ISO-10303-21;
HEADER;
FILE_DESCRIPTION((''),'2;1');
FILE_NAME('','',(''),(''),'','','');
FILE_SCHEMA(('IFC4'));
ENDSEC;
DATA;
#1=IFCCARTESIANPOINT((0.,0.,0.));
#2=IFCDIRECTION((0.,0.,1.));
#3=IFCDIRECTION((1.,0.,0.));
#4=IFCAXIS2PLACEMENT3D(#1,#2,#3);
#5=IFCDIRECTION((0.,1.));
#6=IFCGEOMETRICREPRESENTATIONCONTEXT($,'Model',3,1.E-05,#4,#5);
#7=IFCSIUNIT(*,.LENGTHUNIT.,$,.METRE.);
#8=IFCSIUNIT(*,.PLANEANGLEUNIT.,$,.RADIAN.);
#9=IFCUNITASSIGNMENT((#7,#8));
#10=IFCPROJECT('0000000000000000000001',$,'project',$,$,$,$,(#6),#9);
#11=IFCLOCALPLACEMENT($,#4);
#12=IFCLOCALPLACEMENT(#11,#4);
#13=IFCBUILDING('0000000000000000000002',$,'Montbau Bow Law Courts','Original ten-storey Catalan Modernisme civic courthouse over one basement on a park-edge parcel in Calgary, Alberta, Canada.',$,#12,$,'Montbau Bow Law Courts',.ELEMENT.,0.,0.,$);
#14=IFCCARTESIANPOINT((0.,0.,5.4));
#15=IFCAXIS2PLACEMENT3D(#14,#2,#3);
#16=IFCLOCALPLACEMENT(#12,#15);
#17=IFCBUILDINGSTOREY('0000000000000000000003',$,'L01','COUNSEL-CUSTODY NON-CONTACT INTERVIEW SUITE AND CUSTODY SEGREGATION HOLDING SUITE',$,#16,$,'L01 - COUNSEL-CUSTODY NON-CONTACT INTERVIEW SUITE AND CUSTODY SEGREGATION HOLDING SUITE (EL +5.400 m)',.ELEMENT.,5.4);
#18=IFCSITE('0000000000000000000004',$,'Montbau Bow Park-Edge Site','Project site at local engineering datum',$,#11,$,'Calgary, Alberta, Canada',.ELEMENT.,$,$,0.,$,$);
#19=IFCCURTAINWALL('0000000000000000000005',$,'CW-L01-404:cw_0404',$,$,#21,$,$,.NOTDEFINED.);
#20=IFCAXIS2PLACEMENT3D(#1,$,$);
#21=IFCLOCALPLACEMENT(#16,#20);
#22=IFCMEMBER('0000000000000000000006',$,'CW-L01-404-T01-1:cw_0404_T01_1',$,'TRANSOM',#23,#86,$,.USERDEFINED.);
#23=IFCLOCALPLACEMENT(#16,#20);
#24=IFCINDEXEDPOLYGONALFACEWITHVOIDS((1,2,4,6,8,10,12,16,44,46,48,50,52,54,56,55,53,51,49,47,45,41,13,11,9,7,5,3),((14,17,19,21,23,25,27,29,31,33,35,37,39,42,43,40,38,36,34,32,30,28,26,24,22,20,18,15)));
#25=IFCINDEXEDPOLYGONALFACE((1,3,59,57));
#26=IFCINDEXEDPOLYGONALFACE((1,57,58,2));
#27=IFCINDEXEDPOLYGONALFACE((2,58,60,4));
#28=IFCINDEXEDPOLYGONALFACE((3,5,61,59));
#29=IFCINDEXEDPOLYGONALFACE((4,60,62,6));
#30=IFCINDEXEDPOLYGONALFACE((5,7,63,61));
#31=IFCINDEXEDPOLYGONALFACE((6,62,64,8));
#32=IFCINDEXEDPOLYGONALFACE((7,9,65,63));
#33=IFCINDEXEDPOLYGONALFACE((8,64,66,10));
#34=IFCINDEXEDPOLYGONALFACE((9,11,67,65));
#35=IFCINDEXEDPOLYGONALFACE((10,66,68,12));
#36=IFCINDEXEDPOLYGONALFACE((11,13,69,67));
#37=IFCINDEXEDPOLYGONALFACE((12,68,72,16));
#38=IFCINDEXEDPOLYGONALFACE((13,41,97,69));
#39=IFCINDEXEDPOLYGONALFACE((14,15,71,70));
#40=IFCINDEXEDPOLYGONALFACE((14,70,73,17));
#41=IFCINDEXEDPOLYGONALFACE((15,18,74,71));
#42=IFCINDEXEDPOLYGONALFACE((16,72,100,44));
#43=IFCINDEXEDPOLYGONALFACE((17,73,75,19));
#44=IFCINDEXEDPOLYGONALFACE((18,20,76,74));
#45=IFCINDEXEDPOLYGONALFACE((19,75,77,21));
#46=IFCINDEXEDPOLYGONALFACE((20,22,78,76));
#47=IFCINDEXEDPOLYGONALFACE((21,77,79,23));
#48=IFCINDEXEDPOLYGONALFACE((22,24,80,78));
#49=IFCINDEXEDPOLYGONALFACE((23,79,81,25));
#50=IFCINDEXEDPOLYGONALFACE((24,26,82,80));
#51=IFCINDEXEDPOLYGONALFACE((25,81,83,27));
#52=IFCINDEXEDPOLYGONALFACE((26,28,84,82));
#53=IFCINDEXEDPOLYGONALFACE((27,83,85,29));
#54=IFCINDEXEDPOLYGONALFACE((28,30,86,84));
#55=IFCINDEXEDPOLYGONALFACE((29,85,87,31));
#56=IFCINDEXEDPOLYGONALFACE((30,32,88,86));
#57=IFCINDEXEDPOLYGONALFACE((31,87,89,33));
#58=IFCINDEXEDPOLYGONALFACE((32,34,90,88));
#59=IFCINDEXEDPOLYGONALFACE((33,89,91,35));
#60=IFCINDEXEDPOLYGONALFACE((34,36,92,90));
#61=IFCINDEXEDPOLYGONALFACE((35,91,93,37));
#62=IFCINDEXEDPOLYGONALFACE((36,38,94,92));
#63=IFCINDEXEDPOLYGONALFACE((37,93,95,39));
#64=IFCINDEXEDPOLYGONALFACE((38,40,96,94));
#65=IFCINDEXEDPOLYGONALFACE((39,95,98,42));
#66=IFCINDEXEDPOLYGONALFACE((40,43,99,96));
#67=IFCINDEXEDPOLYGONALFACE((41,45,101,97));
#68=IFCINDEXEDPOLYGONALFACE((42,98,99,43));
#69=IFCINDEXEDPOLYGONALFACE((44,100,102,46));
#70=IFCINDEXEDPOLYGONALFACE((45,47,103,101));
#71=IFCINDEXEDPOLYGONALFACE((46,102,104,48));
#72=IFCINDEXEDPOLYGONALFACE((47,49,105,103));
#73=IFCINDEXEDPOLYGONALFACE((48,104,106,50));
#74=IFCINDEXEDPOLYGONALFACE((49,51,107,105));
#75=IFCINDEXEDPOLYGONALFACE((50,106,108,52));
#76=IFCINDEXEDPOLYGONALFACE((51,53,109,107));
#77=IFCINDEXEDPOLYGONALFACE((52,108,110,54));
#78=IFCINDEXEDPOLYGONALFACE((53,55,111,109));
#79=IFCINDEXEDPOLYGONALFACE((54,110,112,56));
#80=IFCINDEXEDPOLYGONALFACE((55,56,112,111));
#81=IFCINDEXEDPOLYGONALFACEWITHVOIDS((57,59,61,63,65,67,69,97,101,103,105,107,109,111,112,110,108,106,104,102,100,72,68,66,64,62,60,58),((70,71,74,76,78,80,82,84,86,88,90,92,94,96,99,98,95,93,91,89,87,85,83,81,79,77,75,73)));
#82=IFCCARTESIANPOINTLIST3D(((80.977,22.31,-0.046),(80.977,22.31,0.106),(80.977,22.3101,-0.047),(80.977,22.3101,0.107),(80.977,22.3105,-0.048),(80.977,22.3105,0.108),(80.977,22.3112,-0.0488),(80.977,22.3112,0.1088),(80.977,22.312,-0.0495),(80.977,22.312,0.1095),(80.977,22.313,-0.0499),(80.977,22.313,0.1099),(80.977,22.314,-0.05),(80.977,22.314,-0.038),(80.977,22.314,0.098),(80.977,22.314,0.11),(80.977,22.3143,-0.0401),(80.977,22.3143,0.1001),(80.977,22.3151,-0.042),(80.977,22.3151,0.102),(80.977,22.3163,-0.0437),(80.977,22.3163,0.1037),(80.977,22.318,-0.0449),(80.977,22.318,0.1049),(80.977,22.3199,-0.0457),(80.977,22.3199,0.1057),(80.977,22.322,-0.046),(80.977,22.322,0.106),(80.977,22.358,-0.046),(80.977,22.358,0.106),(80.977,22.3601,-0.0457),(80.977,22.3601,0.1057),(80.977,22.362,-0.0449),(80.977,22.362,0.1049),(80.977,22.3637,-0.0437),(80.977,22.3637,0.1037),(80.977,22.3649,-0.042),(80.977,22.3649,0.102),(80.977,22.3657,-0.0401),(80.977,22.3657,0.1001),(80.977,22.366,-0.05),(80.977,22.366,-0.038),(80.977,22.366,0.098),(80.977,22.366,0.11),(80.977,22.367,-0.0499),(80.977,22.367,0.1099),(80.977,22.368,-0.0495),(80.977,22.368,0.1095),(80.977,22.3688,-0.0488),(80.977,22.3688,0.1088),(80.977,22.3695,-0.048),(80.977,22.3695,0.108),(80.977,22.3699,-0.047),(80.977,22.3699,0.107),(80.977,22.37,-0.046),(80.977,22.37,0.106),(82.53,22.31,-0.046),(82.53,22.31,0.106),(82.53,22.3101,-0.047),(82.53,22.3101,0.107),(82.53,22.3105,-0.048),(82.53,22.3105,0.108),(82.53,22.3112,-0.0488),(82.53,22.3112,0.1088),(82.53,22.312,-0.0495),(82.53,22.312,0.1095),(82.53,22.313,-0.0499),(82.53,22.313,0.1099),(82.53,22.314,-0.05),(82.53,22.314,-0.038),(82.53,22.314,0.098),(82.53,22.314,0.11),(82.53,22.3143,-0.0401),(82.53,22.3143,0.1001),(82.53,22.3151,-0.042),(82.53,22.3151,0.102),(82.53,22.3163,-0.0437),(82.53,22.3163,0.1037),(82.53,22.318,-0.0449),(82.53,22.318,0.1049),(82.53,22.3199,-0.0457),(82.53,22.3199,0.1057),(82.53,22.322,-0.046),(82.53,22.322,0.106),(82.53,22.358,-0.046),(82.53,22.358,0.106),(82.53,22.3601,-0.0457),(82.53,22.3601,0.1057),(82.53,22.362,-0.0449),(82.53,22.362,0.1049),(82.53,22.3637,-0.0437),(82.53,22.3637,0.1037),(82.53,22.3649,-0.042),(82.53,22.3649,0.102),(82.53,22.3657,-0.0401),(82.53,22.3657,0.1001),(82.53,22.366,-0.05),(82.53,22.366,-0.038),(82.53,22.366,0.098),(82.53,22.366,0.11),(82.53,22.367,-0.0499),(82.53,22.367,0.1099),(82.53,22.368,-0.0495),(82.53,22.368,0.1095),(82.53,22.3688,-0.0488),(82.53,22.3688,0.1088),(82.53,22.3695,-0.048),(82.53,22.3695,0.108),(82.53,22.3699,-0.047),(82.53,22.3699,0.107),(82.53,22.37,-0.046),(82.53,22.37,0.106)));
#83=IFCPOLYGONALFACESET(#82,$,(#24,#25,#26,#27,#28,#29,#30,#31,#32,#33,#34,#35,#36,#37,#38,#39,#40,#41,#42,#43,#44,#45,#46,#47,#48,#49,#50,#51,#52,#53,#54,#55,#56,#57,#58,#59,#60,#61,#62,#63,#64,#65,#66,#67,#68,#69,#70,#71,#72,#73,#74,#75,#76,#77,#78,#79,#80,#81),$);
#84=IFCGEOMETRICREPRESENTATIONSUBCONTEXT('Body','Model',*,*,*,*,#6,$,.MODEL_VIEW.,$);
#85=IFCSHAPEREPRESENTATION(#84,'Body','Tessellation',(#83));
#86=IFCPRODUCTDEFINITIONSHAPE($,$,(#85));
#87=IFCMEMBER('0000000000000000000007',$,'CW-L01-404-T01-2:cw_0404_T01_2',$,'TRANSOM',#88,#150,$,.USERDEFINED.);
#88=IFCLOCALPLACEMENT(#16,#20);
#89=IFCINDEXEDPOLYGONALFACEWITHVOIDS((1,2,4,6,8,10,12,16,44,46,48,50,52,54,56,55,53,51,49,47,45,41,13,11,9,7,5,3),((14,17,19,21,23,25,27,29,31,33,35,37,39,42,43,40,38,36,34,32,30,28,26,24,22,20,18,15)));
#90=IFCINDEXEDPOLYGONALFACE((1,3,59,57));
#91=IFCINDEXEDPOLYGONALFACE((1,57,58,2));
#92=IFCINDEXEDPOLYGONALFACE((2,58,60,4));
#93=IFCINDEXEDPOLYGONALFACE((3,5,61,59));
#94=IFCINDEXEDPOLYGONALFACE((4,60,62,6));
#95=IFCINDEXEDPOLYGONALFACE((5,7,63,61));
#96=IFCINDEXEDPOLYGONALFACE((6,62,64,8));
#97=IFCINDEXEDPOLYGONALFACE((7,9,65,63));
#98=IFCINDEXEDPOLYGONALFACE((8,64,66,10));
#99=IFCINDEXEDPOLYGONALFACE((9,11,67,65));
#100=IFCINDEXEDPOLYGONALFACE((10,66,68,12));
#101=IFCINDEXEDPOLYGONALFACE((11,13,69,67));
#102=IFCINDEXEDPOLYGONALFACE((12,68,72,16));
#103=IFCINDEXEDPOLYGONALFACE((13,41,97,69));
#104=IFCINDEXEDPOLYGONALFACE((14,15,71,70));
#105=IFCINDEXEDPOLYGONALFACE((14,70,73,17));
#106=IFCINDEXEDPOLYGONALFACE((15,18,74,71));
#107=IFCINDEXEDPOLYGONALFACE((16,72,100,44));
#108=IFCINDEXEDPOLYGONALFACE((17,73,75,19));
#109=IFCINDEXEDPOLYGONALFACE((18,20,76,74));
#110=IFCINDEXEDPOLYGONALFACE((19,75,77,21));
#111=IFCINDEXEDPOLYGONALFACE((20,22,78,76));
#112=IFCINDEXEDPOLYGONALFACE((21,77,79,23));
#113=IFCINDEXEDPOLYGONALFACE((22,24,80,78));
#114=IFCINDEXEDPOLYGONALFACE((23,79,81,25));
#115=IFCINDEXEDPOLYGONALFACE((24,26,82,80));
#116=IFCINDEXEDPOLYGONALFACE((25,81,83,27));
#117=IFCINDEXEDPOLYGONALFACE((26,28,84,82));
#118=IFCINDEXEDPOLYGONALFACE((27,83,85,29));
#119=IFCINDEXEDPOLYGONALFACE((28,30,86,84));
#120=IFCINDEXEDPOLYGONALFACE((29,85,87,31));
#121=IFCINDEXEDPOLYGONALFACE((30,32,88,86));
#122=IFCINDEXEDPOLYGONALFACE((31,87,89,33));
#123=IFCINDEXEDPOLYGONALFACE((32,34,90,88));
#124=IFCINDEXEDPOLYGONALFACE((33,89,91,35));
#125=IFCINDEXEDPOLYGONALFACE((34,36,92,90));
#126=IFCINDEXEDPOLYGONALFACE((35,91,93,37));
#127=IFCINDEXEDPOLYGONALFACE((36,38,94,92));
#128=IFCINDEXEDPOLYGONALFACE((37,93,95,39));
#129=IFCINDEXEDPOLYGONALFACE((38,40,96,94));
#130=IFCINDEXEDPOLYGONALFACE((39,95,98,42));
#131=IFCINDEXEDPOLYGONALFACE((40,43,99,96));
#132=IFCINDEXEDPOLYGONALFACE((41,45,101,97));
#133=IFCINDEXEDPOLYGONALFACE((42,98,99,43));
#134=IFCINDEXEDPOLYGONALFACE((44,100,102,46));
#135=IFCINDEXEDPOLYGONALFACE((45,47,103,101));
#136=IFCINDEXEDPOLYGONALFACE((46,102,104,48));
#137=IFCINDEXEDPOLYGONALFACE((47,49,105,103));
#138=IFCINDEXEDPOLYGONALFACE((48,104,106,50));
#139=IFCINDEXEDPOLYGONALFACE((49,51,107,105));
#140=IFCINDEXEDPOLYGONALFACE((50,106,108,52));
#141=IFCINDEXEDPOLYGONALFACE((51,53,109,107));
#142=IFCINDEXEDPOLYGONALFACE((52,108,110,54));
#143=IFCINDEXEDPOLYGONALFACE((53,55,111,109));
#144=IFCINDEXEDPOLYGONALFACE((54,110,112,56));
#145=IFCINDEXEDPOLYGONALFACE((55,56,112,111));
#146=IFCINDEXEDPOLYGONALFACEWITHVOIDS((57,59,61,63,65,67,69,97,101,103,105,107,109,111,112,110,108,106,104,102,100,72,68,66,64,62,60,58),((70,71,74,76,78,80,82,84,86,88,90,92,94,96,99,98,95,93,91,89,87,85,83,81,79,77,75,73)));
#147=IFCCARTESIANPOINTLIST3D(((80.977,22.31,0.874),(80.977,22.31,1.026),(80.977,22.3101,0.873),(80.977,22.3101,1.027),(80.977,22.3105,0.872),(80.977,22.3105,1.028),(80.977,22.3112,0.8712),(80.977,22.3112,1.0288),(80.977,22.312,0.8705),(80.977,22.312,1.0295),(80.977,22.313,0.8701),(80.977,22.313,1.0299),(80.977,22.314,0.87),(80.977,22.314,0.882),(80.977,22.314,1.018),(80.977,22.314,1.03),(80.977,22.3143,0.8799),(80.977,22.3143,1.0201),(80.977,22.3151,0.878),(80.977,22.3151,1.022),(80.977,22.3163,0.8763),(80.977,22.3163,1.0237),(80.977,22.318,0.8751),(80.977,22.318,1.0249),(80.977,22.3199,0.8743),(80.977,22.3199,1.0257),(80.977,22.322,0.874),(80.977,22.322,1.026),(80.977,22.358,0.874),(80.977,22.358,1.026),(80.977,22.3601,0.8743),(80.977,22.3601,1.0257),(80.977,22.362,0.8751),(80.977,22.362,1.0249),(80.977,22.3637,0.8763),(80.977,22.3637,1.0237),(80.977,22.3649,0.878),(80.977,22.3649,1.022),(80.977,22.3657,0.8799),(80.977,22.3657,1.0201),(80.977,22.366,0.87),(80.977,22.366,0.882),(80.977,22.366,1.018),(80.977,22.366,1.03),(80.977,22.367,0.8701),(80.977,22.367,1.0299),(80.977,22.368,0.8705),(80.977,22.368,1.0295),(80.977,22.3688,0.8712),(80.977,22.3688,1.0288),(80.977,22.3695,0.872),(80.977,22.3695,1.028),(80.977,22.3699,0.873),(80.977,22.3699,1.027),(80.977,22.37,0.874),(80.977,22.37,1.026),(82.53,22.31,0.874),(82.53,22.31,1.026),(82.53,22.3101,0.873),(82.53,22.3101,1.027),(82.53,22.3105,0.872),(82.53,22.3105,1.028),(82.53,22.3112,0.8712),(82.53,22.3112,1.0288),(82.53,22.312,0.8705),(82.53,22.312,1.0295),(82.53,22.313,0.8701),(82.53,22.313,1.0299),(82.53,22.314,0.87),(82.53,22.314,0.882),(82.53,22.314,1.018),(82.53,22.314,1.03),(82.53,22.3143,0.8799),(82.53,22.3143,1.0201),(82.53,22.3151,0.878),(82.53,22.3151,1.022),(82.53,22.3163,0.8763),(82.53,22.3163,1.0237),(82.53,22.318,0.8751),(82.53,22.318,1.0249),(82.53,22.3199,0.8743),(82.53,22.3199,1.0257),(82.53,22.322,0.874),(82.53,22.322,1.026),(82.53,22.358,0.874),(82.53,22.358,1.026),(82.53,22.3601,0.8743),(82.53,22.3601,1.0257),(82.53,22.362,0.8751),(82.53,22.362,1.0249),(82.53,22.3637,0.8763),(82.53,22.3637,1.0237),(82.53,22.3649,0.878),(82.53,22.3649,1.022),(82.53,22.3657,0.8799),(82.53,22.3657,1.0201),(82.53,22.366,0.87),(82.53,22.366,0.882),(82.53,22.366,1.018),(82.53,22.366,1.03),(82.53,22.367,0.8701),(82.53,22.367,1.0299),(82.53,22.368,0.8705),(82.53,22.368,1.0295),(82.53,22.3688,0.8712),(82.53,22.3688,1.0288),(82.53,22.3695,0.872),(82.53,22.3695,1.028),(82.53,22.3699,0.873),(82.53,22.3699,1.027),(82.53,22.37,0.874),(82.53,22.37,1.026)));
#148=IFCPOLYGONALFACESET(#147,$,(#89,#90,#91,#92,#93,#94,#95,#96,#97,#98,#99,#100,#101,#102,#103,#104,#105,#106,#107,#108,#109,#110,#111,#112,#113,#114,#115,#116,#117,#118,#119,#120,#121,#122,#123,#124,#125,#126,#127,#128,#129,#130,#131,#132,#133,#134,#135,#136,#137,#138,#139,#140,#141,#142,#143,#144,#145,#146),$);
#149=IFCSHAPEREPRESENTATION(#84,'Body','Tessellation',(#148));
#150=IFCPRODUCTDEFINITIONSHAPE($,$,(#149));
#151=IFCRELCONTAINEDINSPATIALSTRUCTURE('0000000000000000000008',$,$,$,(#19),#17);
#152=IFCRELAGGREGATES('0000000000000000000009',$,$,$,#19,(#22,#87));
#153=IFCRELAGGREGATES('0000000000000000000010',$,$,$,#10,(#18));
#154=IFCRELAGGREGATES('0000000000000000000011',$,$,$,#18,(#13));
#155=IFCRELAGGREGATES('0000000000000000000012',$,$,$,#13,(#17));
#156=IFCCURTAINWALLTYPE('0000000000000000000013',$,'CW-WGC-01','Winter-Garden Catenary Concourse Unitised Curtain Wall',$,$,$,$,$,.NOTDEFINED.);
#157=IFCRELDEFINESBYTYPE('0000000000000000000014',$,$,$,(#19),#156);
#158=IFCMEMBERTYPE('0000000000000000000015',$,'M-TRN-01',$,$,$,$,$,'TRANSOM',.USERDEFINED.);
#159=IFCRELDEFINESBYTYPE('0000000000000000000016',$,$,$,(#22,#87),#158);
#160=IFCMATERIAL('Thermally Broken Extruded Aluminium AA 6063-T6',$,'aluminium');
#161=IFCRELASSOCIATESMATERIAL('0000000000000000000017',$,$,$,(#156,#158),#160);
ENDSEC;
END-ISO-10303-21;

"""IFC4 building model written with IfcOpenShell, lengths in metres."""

from ifc_helpers import new_model, si_unit, direction, frame, origin_with_axes, origin_2d_with_axis, place, context, subcontext, project, spatial, hollow_rectangle, extrude, material, material_profile, profile_set, type_object, element, aggregate, save


model = new_model("IFC4")

# Units and contexts
model_context = context("Model", 3, precision=1e-05, world=origin_with_axes(), true_north=direction((0.0, 1.0)))
body_context = subcontext(model_context, "Body", "Model", "MODEL_VIEW")
ifc_project = project(units=[si_unit("LENGTHUNIT", "METRE"), si_unit("PLANEANGLEUNIT", "RADIAN")], contexts=[model_context])

# Site, building, storey
site_placement = place(None, origin_with_axes())
site = spatial("IfcSite", under=ifc_project, at=site_placement, Name="Montbau Bow Park-Edge Site", Description="Project site at local engineering datum", LongName="Calgary, Alberta, Canada", CompositionType="ELEMENT", RefElevation=0.0)
building_placement = place(site_placement, origin_with_axes())
building = spatial("IfcBuilding", under=site, at=building_placement, Name="Montbau Bow Law Courts", Description="Original ten-storey Catalan Modernisme civic courthouse over one basement on a park-edge parcel in Calgary, Alberta, Canada.", LongName="Montbau Bow Law Courts", CompositionType="ELEMENT", ElevationOfRefHeight=0.0, ElevationOfTerrain=0.0)
storey_placement = place(building_placement, frame((0.0, 0.0, 5.4), z_axis=(0.0, 0.0, 1.0), x_axis=(1.0, 0.0, 0.0)))
storey = spatial("IfcBuildingStorey", under=building, at=storey_placement, Name="L01", Description="COUNSEL-CUSTODY NON-CONTACT INTERVIEW SUITE AND CUSTODY SEGREGATION HOLDING SUITE", LongName="L01 - COUNSEL-CUSTODY NON-CONTACT INTERVIEW SUITE AND CUSTODY SEGREGATION HOLDING SUITE (EL +5.400 m)", CompositionType="ELEMENT", Elevation=5.4)

# Shared definitions
ifc_material_1 = material(Name="Thermally Broken Extruded Aluminium AA 6063-T6", Category="aluminium")
curtain_wall_type = type_object("IfcCurtainWallType", Name="CW-WGC-01", Description="Winter-Garden Catenary Concourse Unitised Curtain Wall", PredefinedType="NOTDEFINED", material=ifc_material_1)

# Curtain wall, members
curtain_wall_1_placement = place(None, frame((80.915, 22.34, 5.4), z_axis=(0.0, 0.0, 1.0), x_axis=(1.0, 0.0, 0.0)))
curtain_wall_1 = element("IfcCurtainWall", 1, at=curtain_wall_1_placement, inside=storey, type_object=curtain_wall_type, Name="CW-L01-404:cw_0404", PredefinedType="NOTDEFINED")
ifc_material_profile_1 = material_profile(ifc_material_1, hollow_rectangle(XDim=0.06, YDim=0.16, WallThickness=0.004, InnerFilletRadius=0.008, OuterFilletRadius=0.004, at=origin_2d_with_axis()), Name="CWT-160X60", Category="Main", Priority=0)
ifc_profile_set_1 = profile_set([ifc_material_profile_1], Name="Thermally Broken Extruded Aluminium AA 6063-T6")
member_type_1 = type_object("IfcMemberType", Name="M-TRN-01", ElementType="TRANSOM", PredefinedType="USERDEFINED", material=ifc_profile_set_1)
member_1_placement = place(None, frame((80.977, 22.34, 5.43), z_axis=(1.0, 0.0, 0.0), x_axis=(0.0, 1.0, 0.0)))
member_1 = element("IfcMember", 2, at=member_1_placement, type_object=member_type_1, Name="CW-L01-404-T01-1:cw_0404_T01_1", ObjectType="TRANSOM", PredefinedType="USERDEFINED", context=body_context, shape_type="SweptSolid", body=[
    extrude(hollow_rectangle(XDim=0.06, YDim=0.16, WallThickness=0.004, InnerFilletRadius=0.008, OuterFilletRadius=0.004, at=origin_2d_with_axis()), origin_with_axes(), (0.0, 0.0, 1.0), 1.553),
])
member_2_placement = place(None, frame((80.977, 22.34, 6.35), z_axis=(1.0, 0.0, 0.0), x_axis=(0.0, 1.0, 0.0)))
member_2 = element("IfcMember", 3, at=member_2_placement, type_object=member_type_1, Name="CW-L01-404-T01-2:cw_0404_T01_2", ObjectType="TRANSOM", PredefinedType="USERDEFINED", context=body_context, shape_type="SweptSolid", body=[
    extrude(hollow_rectangle(XDim=0.06, YDim=0.16, WallThickness=0.004, InnerFilletRadius=0.008, OuterFilletRadius=0.004, at=origin_2d_with_axis()), origin_with_axes(), (0.0, 0.0, 1.0), 1.553),
])

aggregate(curtain_wall_1, [member_1, member_2])

save(model, "model.ifc")
